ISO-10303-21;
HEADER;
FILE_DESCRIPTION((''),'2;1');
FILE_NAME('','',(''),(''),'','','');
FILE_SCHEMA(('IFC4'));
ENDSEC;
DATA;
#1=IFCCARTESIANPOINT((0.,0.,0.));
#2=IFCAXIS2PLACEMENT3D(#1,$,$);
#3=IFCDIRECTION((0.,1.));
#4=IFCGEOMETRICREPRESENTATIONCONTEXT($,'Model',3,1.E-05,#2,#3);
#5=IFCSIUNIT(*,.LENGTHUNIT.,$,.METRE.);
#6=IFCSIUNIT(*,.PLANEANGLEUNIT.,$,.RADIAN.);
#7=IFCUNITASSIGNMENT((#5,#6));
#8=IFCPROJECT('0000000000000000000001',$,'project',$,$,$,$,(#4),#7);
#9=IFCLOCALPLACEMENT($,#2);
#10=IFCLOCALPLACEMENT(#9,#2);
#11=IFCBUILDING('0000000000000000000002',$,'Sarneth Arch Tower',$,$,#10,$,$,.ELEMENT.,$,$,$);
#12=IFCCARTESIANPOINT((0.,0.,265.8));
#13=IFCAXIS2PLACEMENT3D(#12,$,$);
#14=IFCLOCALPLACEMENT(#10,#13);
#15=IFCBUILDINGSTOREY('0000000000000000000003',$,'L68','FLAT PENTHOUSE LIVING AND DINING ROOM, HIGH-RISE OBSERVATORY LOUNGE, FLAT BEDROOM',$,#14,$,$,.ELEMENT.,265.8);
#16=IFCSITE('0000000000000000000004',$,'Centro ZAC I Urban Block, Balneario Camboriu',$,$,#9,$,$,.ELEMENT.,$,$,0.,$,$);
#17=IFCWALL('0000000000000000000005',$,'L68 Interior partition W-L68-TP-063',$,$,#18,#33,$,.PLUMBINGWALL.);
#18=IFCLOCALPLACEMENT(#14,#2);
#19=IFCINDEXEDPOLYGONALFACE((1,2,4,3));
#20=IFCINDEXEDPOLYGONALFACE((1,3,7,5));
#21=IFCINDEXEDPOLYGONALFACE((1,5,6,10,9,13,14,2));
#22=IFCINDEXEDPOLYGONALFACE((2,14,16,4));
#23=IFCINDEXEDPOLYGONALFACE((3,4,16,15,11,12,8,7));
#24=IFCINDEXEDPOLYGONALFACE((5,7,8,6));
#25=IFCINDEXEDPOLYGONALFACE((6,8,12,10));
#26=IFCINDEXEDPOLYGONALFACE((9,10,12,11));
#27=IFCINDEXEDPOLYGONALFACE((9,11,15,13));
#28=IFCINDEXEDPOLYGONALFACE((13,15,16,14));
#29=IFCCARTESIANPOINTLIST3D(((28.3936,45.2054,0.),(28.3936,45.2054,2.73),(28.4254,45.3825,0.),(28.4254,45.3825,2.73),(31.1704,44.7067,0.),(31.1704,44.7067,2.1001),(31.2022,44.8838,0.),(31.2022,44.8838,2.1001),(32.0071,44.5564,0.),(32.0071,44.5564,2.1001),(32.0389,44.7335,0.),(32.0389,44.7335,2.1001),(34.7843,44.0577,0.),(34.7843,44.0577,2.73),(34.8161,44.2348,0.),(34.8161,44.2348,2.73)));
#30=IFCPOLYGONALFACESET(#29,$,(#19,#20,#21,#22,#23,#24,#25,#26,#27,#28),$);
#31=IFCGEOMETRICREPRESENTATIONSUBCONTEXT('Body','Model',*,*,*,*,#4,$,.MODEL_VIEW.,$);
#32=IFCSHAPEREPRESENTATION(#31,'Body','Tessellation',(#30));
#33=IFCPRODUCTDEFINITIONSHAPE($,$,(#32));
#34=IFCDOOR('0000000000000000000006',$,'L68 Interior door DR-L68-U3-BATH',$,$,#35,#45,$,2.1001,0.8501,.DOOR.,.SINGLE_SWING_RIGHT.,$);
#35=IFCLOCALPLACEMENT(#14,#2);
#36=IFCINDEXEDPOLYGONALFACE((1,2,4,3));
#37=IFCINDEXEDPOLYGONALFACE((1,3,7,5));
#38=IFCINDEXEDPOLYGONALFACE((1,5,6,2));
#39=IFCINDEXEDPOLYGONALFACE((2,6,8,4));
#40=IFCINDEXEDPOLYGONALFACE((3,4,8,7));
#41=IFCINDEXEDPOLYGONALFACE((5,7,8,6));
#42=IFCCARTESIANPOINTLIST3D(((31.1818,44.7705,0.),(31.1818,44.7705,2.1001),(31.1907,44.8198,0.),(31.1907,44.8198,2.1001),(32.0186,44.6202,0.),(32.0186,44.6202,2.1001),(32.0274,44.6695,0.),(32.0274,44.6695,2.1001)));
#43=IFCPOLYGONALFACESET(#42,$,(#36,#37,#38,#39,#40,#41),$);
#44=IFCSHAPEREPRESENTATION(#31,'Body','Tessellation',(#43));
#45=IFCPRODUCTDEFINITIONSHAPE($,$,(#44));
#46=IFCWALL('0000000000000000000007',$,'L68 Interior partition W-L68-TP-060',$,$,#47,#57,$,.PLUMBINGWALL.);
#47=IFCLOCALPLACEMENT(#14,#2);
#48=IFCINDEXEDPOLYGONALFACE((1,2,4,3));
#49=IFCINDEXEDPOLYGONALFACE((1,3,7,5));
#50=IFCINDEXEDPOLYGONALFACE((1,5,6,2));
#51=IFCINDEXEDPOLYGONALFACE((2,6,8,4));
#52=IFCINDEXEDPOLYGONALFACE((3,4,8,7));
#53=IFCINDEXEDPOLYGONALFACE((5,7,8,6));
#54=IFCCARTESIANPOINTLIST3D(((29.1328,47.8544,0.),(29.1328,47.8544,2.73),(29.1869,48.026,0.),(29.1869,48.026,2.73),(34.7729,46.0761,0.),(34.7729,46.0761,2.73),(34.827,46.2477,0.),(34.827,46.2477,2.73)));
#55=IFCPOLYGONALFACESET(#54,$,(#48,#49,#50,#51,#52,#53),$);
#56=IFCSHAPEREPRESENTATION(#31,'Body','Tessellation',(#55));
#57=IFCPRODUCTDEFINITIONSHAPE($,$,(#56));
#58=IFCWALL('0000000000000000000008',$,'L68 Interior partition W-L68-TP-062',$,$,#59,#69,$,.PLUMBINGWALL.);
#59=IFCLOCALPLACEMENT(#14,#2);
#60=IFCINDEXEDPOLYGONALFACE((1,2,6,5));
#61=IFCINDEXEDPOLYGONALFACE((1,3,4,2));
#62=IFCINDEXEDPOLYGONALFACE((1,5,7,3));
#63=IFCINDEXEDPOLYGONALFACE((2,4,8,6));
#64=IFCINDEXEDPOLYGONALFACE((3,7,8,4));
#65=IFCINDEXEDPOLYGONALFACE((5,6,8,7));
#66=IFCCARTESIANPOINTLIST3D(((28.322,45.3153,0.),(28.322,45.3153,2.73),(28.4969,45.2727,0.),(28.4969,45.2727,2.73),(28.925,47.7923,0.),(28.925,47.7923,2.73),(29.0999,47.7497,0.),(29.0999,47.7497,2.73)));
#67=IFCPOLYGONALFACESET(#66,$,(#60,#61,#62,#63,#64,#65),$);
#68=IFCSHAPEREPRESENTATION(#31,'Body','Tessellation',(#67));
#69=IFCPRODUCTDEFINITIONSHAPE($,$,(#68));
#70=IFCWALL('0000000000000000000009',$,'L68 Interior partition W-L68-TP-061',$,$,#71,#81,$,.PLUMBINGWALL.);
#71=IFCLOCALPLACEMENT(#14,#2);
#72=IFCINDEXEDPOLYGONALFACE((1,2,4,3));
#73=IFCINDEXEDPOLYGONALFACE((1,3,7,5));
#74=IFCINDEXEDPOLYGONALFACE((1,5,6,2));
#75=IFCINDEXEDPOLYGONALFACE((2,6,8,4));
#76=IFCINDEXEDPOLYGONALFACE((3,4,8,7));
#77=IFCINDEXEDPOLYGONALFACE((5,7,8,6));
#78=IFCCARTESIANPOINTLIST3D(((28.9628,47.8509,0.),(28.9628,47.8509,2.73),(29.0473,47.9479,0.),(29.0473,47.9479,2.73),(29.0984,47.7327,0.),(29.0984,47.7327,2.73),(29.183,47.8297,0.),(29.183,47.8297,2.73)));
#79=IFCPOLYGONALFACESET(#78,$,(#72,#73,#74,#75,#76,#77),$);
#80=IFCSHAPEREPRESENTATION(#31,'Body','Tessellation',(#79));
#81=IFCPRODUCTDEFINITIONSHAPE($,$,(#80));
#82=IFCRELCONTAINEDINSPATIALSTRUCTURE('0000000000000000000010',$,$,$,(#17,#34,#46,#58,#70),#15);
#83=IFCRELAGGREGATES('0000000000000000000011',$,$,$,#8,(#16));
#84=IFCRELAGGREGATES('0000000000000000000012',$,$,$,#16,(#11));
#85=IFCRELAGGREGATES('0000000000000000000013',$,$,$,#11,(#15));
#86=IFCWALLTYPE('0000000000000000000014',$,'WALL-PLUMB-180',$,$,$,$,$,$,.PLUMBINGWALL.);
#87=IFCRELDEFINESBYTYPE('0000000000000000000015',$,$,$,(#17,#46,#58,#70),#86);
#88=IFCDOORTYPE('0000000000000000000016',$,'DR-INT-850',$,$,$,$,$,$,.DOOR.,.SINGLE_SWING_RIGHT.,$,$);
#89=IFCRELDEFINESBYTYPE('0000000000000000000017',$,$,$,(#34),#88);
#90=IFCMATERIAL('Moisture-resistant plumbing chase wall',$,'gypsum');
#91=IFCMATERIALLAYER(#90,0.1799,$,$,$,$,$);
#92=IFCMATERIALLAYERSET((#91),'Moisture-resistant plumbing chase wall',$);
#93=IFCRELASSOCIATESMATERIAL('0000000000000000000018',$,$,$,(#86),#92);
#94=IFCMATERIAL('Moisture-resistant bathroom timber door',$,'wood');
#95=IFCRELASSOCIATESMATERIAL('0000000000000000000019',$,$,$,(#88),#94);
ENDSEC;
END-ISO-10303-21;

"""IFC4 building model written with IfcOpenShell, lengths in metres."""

from ifc_helpers import new_model, si_unit, direction, frame, frame_2d, origin, place, context, subcontext, project, spatial, rectangle, extrude, material, layer, layer_set, type_object, element, fill, save


model = new_model("IFC4")

# Units and contexts
model_context = context("Model", 3, precision=1e-05, world=origin(), true_north=direction((0.0, 1.0)))
body_context = subcontext(model_context, "Body", "Model", "MODEL_VIEW")
ifc_project = project(units=[si_unit("LENGTHUNIT", "METRE"), si_unit("PLANEANGLEUNIT", "RADIAN")], contexts=[model_context])

# Site, building, storey
site_placement = place(None, origin())
site = spatial("IfcSite", under=ifc_project, at=site_placement, Name="Centro ZAC I Urban Block, Balneario Camboriu", CompositionType="ELEMENT", RefElevation=0.0)
building_placement = place(site_placement, origin())
building = spatial("IfcBuilding", under=site, at=building_placement, Name="Sarneth Arch Tower", CompositionType="ELEMENT")
storey_placement = place(building_placement, frame((0.0, 0.0, 265.8)))
storey = spatial("IfcBuildingStorey", under=building, at=storey_placement, Name="L68", Description="FLAT PENTHOUSE LIVING AND DINING ROOM, HIGH-RISE OBSERVATORY LOUNGE, FLAT BEDROOM", CompositionType="ELEMENT", Elevation=265.8)

# Wall, opening, door
ifc_material_1 = material(Name="Moisture-resistant plumbing chase wall", Category="gypsum")
ifc_layer_1 = layer(ifc_material_1, 0.1799)
ifc_layer_set_1 = layer_set([ifc_layer_1], Name="Moisture-resistant plumbing chase wall")
wall_type_1 = type_object("IfcWallType", Name="WALL-PLUMB-180", PredefinedType="PLUMBINGWALL", material=ifc_layer_set_1)
wall_1_placement = place(storey_placement, frame((28.4094, 45.2939, 0.0), z_axis=(0.0, 0.0, 1.0), x_axis=(0.984253, -0.176764, 0.0)))
wall_1 = element("IfcWall", 1, at=wall_1_placement, inside=storey, type_object=wall_type_1, Name="L68 Interior partition W-L68-TP-063", PredefinedType="PLUMBINGWALL", context=body_context, shape_type="SweptSolid", body=[
    extrude(rectangle(XDim=6.4929, YDim=0.1799, at=frame_2d((3.2466, 0.0))), origin(), (0.0, 0.0, 1.0), 2.73),
])
opening_1_placement = place(wall_1_placement, frame((2.8213, 0.0, 0.0)))
opening_1 = element("IfcOpeningElement", 2, at=opening_1_placement, cuts=wall_1, PredefinedType="OPENING", context=body_context, shape_type="SweptSolid", body=[
    extrude(rectangle(XDim=0.8501, YDim=2.1001, at=frame_2d((0.425, 1.05))), frame((0.0, 0.0999, 0.0), z_axis=(0.0, -1.0, 0.0), x_axis=(1.0, 0.0, 0.0)), (0.0, 0.0, 1.0), 0.2),
])
ifc_material_2 = material(Name="Moisture-resistant bathroom timber door", Category="wood")
door_type_1 = type_object("IfcDoorType", Name="DR-INT-850", OperationType="SINGLE_SWING_RIGHT", PredefinedType="DOOR", material=ifc_material_2)
door_1_placement = place(opening_1_placement, origin())
door_1 = element("IfcDoor", 3, at=door_1_placement, inside=storey, type_object=door_type_1, Name="L68 Interior door DR-L68-U3-BATH", OperationType="SINGLE_SWING_RIGHT", OverallHeight=2.1001, OverallWidth=0.8501, PredefinedType="DOOR", context=body_context, shape_type="SweptSolid", body=[
    extrude(rectangle(XDim=0.8501, YDim=2.1001, at=frame_2d((0.425, 1.05))), frame((0.0, 0.0249, 0.0), z_axis=(0.0, -1.0, 0.0), x_axis=(1.0, 0.0, 0.0)), (0.0, 0.0, 1.0), 0.05),
])
fill(opening_1, door_1)

# Walls
wall_2_placement = place(storey_placement, frame((34.8, 46.1619, 0.0), z_axis=(0.0, 0.0, 1.0), x_axis=(-0.953717, 0.300705, 0.0)))
element("IfcWall", 4, at=wall_2_placement, inside=storey, type_object=wall_type_1, Name="L68 Interior partition W-L68-TP-060", PredefinedType="PLUMBINGWALL", context=body_context, shape_type="SweptSolid", body=[
    extrude(rectangle(XDim=5.9138, YDim=0.1799, at=frame_2d((2.957, 0.0))), origin(), (0.0, 0.0, 1.0), 2.73),
])
wall_3_placement = place(storey_placement, frame((29.0125, 47.771, 0.0), z_axis=(0.0, 0.0, 1.0), x_axis=(-0.236537, -0.971622, 0.0)))
element("IfcWall", 5, at=wall_3_placement, inside=storey, type_object=wall_type_1, Name="L68 Interior partition W-L68-TP-062", PredefinedType="PLUMBINGWALL", context=body_context, shape_type="SweptSolid", body=[
    extrude(rectangle(XDim=2.5493, YDim=0.1799, at=frame_2d((1.2747, 0.0))), origin(), (0.0, 0.0, 1.0), 2.73),
])
wall_4_placement = place(storey_placement, frame((29.1152, 47.8889, 0.0), z_axis=(0.0, 0.0, 1.0), x_axis=(-0.657025, -0.753869, 0.0)))
element("IfcWall", 6, at=wall_4_placement, inside=storey, type_object=wall_type_1, Name="L68 Interior partition W-L68-TP-061", PredefinedType="PLUMBINGWALL", context=body_context, shape_type="SweptSolid", body=[
    extrude(rectangle(XDim=0.1287, YDim=0.1799, at=frame_2d((0.0645, 0.0))), origin(), (0.0, 0.0, 1.0), 2.73),
])

save(model, "model.ifc")
